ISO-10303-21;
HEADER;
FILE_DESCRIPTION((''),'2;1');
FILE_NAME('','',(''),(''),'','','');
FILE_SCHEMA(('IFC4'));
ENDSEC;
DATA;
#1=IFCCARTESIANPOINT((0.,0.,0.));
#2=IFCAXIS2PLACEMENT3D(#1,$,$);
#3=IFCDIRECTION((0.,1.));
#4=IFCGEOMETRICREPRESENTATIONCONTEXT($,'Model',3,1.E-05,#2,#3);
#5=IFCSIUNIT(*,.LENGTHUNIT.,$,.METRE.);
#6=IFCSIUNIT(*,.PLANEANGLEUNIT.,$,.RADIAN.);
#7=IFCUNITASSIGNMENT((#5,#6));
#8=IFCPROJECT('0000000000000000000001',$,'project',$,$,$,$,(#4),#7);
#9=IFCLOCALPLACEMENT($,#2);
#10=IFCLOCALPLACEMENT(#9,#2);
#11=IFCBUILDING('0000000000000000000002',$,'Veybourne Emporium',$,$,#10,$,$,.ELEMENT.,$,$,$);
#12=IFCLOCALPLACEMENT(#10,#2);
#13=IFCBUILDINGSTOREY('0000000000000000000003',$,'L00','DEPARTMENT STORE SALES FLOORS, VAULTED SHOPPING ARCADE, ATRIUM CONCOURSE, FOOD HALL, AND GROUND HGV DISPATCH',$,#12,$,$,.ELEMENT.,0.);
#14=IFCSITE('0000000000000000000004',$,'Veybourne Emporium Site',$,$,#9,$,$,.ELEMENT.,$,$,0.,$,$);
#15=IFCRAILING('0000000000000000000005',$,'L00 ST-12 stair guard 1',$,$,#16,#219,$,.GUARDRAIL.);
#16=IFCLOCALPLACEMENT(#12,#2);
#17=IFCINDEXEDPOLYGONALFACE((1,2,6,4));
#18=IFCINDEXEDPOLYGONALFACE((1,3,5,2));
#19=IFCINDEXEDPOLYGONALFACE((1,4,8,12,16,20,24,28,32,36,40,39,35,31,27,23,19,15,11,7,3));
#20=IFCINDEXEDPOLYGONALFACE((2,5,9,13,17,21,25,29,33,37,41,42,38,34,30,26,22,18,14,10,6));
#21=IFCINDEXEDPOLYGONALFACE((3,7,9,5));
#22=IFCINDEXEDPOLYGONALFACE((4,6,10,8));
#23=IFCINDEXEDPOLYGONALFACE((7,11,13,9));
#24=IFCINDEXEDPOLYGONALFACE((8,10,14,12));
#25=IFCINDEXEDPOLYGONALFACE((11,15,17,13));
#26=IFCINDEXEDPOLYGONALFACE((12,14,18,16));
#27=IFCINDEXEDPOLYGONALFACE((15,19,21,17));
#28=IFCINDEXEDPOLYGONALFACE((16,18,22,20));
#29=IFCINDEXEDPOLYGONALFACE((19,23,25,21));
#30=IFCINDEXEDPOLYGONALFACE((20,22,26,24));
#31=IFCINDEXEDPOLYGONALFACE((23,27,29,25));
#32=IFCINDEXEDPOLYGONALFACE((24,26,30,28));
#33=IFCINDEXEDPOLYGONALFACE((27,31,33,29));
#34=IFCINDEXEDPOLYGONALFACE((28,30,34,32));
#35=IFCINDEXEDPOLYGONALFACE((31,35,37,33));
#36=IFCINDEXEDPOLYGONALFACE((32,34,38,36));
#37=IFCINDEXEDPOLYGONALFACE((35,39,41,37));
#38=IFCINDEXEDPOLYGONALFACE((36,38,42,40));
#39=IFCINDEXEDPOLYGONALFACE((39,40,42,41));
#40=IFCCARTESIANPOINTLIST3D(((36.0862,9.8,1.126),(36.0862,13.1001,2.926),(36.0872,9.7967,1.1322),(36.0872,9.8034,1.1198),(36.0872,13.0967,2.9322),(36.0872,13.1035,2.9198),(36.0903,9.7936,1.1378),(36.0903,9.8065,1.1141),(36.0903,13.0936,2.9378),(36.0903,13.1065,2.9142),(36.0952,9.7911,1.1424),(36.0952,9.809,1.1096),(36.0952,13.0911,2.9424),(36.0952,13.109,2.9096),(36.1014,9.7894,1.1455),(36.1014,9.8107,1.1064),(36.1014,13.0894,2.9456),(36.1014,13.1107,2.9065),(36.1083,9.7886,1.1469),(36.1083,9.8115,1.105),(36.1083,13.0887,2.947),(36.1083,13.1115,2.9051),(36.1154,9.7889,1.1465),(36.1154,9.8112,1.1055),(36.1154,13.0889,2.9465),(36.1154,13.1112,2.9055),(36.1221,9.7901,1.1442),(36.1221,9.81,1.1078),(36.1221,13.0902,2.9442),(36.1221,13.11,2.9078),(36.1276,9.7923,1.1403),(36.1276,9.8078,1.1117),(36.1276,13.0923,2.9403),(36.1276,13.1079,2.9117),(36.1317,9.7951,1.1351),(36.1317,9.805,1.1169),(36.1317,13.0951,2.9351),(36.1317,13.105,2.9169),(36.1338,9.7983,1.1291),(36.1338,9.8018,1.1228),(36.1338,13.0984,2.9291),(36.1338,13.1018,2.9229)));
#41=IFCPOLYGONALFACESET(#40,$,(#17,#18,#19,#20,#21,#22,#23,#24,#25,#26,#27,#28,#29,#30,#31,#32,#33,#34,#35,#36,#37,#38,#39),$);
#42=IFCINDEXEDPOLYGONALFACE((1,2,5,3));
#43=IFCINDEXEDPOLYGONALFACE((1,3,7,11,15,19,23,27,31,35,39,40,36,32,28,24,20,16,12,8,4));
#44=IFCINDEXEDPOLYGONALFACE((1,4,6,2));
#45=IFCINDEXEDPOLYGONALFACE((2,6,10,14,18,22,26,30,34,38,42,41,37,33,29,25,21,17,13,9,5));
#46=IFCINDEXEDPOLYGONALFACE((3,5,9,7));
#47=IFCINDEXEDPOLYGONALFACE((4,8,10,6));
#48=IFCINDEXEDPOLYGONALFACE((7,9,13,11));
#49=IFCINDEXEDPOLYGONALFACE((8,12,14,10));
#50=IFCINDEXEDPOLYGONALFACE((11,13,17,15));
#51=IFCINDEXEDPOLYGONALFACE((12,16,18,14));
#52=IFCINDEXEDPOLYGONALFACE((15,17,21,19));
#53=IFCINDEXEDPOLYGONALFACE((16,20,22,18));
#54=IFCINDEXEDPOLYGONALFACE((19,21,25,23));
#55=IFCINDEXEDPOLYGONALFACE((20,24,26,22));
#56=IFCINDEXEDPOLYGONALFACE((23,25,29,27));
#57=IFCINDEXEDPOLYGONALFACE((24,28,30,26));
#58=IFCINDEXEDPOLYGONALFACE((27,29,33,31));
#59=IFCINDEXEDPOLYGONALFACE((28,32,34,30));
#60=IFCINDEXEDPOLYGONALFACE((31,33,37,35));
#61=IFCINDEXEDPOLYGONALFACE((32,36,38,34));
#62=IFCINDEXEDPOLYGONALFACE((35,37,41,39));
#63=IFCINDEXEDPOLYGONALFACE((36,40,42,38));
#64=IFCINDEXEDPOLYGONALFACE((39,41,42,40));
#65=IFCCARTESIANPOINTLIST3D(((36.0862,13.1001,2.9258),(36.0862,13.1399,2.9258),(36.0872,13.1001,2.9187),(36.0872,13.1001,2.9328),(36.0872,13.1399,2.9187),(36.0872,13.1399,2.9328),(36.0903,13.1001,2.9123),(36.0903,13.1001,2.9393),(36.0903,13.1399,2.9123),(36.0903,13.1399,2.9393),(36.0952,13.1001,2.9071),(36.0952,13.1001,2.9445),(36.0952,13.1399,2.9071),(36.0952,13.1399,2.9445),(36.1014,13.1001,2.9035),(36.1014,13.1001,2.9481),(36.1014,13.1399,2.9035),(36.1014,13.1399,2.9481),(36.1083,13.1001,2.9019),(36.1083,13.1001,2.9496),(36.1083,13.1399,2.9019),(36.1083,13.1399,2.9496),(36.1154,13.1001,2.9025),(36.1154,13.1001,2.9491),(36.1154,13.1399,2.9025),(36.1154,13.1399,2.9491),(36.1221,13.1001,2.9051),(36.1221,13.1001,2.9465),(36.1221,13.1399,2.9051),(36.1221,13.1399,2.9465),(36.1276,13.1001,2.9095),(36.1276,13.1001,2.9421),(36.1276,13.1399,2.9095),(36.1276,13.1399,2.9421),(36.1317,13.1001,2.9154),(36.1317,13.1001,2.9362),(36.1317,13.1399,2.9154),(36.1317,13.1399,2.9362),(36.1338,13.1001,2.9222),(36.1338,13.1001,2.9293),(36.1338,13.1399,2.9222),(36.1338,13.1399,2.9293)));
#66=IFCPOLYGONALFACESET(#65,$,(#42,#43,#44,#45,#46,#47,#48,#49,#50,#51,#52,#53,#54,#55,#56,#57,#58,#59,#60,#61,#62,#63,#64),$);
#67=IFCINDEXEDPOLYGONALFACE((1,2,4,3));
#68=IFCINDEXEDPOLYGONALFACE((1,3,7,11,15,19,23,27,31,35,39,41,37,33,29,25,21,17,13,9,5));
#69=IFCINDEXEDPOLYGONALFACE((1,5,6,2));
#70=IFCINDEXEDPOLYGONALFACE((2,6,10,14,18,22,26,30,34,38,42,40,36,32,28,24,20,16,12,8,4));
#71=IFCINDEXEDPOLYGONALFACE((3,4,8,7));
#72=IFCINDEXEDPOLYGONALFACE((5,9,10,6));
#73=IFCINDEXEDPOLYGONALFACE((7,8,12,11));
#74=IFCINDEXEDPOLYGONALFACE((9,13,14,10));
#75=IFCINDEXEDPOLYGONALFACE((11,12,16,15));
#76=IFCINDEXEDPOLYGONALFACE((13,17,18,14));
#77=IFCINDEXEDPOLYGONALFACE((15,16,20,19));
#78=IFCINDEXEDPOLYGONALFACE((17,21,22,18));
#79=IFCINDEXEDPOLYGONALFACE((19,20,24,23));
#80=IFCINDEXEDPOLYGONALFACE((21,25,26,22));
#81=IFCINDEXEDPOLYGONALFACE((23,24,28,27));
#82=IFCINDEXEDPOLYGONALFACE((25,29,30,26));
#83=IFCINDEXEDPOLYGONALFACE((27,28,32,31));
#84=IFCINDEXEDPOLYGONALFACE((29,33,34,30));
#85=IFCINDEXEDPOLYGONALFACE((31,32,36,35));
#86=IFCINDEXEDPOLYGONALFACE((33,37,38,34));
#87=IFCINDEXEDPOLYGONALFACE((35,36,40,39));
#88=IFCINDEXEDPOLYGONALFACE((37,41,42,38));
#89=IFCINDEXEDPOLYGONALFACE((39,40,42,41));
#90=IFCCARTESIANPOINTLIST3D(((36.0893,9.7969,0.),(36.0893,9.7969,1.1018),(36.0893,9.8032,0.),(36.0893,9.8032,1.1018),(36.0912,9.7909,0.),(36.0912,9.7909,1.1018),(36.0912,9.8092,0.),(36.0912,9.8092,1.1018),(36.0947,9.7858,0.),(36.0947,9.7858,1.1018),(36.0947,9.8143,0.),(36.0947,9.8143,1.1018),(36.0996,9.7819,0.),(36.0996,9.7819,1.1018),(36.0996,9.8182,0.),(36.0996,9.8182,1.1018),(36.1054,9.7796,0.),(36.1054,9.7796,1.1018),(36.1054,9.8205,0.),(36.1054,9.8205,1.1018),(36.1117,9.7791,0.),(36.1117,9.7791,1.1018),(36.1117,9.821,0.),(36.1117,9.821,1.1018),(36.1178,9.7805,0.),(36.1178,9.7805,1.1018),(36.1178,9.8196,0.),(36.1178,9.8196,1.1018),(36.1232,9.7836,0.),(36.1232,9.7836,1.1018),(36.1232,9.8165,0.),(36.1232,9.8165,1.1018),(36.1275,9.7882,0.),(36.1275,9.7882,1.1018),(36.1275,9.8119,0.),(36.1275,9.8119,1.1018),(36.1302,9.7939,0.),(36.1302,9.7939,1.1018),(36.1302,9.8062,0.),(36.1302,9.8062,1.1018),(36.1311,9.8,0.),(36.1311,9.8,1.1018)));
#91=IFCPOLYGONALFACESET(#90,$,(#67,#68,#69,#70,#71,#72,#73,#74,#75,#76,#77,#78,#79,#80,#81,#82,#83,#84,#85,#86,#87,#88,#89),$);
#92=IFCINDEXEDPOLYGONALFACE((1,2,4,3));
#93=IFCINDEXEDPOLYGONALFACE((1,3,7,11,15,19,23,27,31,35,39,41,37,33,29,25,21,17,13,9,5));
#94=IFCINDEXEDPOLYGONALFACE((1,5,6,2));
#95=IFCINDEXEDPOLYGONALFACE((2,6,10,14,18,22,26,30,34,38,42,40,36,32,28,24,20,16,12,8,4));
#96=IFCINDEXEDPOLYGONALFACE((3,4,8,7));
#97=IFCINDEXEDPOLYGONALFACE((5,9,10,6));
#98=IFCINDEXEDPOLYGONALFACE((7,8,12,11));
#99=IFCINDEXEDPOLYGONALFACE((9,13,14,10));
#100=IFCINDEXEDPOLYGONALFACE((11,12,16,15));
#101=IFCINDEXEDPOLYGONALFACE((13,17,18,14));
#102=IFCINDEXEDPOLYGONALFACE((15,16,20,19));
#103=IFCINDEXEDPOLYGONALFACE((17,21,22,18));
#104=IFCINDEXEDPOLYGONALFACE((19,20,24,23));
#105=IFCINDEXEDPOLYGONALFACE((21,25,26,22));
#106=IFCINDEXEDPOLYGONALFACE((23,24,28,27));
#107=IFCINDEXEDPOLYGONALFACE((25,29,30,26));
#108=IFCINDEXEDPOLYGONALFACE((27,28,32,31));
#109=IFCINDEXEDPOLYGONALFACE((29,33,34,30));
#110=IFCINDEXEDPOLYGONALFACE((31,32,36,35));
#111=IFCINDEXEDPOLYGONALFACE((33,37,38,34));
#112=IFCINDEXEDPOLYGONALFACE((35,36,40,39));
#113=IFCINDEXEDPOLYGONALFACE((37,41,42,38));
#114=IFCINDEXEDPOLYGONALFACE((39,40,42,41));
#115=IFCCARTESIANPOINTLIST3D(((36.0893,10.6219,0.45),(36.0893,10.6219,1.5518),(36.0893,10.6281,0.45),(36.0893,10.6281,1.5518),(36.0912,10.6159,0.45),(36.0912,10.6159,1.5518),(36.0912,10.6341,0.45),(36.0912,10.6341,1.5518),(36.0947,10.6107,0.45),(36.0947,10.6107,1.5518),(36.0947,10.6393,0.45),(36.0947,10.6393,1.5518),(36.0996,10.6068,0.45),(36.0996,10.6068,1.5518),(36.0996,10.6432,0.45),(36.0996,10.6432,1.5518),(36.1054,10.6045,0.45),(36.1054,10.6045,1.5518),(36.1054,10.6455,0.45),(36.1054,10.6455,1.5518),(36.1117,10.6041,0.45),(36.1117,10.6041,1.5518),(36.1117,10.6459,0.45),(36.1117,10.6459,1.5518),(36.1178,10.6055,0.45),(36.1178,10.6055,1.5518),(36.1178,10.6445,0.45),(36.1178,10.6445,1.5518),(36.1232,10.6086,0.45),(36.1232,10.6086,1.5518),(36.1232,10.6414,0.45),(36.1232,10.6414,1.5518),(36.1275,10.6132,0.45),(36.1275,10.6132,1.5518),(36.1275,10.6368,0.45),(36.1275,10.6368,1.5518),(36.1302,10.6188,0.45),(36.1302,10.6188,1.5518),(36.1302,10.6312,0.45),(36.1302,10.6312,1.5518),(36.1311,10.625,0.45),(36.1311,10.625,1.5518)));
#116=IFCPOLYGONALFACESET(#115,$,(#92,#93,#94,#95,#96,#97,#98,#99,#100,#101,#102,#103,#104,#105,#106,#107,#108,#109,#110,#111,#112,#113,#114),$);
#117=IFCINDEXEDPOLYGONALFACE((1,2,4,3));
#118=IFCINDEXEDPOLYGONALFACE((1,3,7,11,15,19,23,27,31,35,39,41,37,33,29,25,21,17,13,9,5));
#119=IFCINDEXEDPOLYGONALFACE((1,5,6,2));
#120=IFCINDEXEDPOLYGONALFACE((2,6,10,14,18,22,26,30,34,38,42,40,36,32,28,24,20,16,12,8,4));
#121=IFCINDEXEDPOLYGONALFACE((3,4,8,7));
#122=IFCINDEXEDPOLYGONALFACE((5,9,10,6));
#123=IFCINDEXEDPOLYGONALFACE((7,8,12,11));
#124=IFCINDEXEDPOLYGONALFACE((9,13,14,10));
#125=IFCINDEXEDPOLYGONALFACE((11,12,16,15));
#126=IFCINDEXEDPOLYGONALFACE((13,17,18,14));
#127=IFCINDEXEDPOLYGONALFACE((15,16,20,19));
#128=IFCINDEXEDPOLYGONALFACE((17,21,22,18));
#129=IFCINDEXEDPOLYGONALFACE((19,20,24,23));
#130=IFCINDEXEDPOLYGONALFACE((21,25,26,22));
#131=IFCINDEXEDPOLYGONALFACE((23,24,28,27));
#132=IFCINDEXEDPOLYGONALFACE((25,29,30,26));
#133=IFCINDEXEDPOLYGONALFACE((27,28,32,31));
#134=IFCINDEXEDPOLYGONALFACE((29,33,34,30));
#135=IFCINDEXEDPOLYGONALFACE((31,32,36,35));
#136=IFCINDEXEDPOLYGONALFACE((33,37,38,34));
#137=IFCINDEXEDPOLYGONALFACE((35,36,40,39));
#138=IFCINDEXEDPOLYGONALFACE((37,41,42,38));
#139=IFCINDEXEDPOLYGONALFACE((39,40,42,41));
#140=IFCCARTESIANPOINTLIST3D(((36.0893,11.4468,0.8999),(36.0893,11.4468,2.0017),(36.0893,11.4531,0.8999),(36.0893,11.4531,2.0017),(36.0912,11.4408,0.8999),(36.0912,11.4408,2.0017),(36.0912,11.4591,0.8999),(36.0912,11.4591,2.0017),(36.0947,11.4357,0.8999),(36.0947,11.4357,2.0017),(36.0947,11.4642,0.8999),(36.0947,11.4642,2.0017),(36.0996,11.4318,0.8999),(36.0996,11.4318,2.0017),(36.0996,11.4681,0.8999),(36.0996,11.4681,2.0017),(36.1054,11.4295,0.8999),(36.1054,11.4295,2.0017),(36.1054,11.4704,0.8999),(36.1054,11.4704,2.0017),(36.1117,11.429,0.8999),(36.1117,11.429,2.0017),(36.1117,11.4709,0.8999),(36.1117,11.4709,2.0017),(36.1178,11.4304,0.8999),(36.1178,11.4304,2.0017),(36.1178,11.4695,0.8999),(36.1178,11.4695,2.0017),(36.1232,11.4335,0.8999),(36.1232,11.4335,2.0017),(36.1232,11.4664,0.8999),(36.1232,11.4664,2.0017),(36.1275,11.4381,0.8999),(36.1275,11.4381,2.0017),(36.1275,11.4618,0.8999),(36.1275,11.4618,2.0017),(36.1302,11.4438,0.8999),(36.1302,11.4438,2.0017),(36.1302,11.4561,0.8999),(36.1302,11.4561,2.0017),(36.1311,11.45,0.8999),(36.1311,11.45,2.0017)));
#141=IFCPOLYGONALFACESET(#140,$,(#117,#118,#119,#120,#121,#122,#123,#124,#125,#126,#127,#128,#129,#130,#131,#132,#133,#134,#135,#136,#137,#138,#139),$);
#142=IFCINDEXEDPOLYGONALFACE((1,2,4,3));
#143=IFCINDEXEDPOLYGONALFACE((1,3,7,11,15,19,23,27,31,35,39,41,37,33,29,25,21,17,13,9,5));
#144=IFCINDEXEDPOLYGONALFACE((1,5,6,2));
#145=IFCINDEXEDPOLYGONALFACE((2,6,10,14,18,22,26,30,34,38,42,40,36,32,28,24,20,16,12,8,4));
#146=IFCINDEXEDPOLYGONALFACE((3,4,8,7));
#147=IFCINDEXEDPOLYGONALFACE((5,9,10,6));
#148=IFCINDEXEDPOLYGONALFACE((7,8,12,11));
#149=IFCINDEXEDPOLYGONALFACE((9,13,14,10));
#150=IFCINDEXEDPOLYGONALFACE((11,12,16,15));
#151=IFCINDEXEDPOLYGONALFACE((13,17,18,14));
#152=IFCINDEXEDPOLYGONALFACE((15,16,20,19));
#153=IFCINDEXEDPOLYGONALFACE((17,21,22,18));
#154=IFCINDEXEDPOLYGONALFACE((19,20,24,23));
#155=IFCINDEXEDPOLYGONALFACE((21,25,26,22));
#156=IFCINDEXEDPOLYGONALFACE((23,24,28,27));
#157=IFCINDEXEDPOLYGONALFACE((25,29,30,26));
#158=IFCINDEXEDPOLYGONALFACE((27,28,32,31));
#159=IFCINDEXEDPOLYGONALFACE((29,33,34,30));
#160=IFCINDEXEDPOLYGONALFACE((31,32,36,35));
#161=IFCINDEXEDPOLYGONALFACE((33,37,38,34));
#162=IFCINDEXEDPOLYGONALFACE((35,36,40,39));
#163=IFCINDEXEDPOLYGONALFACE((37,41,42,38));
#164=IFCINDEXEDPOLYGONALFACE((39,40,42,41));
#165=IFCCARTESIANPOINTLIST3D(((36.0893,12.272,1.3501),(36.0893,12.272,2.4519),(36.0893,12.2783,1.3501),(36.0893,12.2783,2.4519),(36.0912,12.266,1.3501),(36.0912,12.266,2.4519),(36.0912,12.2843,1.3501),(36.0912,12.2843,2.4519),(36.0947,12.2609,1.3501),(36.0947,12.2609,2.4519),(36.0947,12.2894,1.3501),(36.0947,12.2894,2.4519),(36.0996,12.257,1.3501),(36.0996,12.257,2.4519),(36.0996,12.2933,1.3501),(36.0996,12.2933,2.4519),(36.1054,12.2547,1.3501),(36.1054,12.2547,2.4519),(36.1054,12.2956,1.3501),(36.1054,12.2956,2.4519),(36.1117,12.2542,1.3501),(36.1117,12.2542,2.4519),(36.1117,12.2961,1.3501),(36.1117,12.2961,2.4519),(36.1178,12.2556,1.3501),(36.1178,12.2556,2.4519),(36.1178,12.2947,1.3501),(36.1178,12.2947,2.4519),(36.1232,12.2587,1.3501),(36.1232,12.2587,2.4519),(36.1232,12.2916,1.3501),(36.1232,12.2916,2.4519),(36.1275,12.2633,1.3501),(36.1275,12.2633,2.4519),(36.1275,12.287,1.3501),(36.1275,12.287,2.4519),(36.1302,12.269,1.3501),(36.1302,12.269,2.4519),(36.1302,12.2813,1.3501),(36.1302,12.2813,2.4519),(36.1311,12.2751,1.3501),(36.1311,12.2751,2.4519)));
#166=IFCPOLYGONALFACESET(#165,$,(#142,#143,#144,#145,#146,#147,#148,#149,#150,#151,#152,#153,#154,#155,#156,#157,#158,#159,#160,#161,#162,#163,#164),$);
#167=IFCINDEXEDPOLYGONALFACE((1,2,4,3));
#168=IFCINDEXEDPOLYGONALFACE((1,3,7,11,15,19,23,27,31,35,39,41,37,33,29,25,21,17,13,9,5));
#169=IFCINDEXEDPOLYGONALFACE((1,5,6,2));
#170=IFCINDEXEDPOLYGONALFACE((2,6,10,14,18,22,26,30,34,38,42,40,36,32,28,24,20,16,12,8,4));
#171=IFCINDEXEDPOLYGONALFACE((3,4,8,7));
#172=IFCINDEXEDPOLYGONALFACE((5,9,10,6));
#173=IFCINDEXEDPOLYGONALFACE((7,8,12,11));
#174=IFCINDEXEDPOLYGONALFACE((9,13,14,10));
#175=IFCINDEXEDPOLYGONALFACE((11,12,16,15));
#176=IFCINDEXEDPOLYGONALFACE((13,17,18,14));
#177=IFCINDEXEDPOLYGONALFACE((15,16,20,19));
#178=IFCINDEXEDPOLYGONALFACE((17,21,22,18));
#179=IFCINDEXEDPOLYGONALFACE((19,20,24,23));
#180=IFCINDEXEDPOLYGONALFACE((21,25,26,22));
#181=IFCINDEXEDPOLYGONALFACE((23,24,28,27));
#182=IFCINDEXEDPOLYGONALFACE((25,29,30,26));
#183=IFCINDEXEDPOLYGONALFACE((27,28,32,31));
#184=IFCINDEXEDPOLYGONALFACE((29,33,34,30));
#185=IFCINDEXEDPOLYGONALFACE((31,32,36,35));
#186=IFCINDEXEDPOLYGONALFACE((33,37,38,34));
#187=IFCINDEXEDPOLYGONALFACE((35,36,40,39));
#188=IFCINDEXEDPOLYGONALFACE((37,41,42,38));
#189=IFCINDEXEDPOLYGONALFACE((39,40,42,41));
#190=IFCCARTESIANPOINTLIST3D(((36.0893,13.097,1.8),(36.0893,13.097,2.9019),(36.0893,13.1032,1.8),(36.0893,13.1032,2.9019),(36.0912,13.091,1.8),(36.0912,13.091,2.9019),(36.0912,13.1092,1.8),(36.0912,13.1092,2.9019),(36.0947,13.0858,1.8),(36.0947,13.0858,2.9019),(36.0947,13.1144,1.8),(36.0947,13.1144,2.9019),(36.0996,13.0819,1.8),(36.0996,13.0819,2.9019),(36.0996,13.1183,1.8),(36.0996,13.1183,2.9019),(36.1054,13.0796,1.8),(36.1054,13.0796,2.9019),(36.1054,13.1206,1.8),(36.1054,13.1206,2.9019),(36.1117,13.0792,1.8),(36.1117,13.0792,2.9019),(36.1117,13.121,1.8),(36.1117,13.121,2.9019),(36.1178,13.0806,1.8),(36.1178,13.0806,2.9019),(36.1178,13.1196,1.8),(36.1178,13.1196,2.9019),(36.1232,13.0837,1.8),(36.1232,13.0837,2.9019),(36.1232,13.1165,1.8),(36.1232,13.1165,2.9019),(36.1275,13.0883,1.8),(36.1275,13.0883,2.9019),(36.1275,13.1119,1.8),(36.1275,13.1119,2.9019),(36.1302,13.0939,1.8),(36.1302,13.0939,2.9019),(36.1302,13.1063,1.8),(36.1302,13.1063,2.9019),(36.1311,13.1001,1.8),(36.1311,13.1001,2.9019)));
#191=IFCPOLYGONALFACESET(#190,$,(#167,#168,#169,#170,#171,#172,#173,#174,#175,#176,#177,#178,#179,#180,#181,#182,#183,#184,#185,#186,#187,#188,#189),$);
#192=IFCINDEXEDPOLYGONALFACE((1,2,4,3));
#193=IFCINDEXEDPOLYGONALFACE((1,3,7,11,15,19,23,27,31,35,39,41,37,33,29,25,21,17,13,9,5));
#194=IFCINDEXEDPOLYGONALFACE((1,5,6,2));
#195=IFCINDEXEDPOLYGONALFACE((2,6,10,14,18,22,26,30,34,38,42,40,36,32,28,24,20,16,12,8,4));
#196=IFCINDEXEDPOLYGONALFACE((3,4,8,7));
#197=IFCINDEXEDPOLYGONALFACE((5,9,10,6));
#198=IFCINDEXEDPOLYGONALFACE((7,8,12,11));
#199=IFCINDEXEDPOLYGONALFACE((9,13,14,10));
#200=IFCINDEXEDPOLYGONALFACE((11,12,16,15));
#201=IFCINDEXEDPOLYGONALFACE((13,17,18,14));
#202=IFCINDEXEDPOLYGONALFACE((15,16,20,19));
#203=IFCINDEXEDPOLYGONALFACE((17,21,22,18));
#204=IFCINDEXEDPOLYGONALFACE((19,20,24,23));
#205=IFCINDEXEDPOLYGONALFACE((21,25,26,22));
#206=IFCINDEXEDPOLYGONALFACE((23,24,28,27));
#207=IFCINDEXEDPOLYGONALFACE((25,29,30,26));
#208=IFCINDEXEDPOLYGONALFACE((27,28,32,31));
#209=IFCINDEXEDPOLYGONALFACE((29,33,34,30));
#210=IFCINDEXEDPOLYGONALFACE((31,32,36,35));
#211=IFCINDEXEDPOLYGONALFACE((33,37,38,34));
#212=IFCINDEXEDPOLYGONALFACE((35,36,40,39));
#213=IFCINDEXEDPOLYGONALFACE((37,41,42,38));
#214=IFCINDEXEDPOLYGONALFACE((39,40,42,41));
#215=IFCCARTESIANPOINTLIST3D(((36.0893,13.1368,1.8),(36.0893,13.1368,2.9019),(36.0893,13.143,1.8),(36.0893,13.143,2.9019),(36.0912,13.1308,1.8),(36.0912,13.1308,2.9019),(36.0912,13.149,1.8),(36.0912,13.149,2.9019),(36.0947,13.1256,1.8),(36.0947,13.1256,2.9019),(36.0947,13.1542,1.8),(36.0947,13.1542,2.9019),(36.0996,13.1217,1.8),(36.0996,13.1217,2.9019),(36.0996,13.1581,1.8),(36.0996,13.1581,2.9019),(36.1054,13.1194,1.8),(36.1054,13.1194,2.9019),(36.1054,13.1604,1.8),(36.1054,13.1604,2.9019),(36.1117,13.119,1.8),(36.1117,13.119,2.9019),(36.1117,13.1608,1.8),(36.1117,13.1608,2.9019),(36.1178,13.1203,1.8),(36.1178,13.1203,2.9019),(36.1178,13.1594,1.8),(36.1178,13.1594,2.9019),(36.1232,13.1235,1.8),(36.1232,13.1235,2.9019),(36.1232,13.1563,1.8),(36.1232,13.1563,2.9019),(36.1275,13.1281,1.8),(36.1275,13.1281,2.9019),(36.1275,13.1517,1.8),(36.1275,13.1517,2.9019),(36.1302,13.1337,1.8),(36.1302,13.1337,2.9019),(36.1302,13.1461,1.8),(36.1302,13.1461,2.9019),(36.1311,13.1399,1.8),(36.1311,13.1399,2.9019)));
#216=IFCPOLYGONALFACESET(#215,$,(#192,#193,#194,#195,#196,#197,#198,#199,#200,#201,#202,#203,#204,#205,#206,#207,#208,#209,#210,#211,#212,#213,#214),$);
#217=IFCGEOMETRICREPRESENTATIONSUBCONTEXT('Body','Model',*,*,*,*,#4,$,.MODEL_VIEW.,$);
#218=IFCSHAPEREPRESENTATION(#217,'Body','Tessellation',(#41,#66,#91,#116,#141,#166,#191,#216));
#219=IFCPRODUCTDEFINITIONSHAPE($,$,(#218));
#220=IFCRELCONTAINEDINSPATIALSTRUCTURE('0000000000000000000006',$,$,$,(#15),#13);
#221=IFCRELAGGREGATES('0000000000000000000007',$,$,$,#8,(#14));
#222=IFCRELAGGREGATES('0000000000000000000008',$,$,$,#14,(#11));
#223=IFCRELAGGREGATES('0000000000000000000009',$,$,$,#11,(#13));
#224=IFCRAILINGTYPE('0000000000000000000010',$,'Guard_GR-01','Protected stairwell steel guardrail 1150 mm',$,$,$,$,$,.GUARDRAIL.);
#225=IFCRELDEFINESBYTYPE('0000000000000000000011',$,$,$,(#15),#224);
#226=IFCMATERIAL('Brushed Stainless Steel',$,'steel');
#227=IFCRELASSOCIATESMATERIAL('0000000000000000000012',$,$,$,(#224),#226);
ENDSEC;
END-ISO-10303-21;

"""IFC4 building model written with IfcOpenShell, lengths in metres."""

from ifc_helpers import new_model, si_unit, direction, frame, origin, origin_2d, place, context, subcontext, project, spatial, circle, extrude, material, type_object, element, save


model = new_model("IFC4")

# Units and contexts
model_context = context("Model", 3, precision=1e-05, world=origin(), true_north=direction((0.0, 1.0)))
body_context = subcontext(model_context, "Body", "Model", "MODEL_VIEW")
ifc_project = project(units=[si_unit("LENGTHUNIT", "METRE"), si_unit("PLANEANGLEUNIT", "RADIAN")], contexts=[model_context])

# Site, building, storey
site_placement = place(None, origin())
site = spatial("IfcSite", under=ifc_project, at=site_placement, Name="Veybourne Emporium Site", CompositionType="ELEMENT", RefElevation=0.0)
building_placement = place(site_placement, origin())
building = spatial("IfcBuilding", under=site, at=building_placement, Name="Veybourne Emporium", CompositionType="ELEMENT")
storey_placement = place(building_placement, origin())
storey = spatial("IfcBuildingStorey", under=building, at=storey_placement, Name="L00", Description="DEPARTMENT STORE SALES FLOORS, VAULTED SHOPPING ARCADE, ATRIUM CONCOURSE, FOOD HALL, AND GROUND HGV DISPATCH", CompositionType="ELEMENT", Elevation=0.0)

# Railing
ifc_material_1 = material(Name="Brushed Stainless Steel", Category="steel")
railing_type_1 = type_object("IfcRailingType", Name="Guard_GR-01", Description="Protected stairwell steel guardrail 1150 mm", PredefinedType="GUARDRAIL", material=ifc_material_1)
railing_1_placement = place(storey_placement, frame((36.1101, 9.8, 0.0)))
element("IfcRailing", 1, at=railing_1_placement, inside=storey, type_object=railing_type_1, Name="L00 ST-12 stair guard 1", PredefinedType="GUARDRAIL", context=body_context, shape_type="SweptSolid", body=[
    extrude(circle(Radius=0.0239, at=origin_2d()), frame((0.0, 0.0, 1.126), z_axis=(0.0, 0.877893, 0.478857), x_axis=(-1.0, 0.0, 0.0)), (0.0, 0.0, 1.0), 3.759),
    extrude(circle(Radius=0.0239, at=origin_2d()), frame((0.0, 3.3, 2.9258), z_axis=(0.0, 1.0, 0.0), x_axis=(-1.0, 0.0, 0.0)), (0.0, 0.0, 1.0), 0.0398),
    extrude(circle(Radius=0.021, at=origin_2d()), origin(), (0.0, 0.0, 1.0), 1.1018),
    extrude(circle(Radius=0.021, at=origin_2d()), frame((0.0, 0.825, 0.45)), (0.0, 0.0, 1.0), 1.1018),
    extrude(circle(Radius=0.021, at=origin_2d()), frame((0.0, 1.6499, 0.8999)), (0.0, 0.0, 1.0), 1.1018),
    extrude(circle(Radius=0.021, at=origin_2d()), frame((0.0, 2.4751, 1.3501)), (0.0, 0.0, 1.0), 1.1018),
    extrude(circle(Radius=0.021, at=origin_2d()), frame((0.0, 3.3, 1.8)), (0.0, 0.0, 1.0), 1.1018),
    extrude(circle(Radius=0.021, at=origin_2d()), frame((0.0, 3.3398, 1.8)), (0.0, 0.0, 1.0), 1.1018),
])

save(model, "model.ifc")
